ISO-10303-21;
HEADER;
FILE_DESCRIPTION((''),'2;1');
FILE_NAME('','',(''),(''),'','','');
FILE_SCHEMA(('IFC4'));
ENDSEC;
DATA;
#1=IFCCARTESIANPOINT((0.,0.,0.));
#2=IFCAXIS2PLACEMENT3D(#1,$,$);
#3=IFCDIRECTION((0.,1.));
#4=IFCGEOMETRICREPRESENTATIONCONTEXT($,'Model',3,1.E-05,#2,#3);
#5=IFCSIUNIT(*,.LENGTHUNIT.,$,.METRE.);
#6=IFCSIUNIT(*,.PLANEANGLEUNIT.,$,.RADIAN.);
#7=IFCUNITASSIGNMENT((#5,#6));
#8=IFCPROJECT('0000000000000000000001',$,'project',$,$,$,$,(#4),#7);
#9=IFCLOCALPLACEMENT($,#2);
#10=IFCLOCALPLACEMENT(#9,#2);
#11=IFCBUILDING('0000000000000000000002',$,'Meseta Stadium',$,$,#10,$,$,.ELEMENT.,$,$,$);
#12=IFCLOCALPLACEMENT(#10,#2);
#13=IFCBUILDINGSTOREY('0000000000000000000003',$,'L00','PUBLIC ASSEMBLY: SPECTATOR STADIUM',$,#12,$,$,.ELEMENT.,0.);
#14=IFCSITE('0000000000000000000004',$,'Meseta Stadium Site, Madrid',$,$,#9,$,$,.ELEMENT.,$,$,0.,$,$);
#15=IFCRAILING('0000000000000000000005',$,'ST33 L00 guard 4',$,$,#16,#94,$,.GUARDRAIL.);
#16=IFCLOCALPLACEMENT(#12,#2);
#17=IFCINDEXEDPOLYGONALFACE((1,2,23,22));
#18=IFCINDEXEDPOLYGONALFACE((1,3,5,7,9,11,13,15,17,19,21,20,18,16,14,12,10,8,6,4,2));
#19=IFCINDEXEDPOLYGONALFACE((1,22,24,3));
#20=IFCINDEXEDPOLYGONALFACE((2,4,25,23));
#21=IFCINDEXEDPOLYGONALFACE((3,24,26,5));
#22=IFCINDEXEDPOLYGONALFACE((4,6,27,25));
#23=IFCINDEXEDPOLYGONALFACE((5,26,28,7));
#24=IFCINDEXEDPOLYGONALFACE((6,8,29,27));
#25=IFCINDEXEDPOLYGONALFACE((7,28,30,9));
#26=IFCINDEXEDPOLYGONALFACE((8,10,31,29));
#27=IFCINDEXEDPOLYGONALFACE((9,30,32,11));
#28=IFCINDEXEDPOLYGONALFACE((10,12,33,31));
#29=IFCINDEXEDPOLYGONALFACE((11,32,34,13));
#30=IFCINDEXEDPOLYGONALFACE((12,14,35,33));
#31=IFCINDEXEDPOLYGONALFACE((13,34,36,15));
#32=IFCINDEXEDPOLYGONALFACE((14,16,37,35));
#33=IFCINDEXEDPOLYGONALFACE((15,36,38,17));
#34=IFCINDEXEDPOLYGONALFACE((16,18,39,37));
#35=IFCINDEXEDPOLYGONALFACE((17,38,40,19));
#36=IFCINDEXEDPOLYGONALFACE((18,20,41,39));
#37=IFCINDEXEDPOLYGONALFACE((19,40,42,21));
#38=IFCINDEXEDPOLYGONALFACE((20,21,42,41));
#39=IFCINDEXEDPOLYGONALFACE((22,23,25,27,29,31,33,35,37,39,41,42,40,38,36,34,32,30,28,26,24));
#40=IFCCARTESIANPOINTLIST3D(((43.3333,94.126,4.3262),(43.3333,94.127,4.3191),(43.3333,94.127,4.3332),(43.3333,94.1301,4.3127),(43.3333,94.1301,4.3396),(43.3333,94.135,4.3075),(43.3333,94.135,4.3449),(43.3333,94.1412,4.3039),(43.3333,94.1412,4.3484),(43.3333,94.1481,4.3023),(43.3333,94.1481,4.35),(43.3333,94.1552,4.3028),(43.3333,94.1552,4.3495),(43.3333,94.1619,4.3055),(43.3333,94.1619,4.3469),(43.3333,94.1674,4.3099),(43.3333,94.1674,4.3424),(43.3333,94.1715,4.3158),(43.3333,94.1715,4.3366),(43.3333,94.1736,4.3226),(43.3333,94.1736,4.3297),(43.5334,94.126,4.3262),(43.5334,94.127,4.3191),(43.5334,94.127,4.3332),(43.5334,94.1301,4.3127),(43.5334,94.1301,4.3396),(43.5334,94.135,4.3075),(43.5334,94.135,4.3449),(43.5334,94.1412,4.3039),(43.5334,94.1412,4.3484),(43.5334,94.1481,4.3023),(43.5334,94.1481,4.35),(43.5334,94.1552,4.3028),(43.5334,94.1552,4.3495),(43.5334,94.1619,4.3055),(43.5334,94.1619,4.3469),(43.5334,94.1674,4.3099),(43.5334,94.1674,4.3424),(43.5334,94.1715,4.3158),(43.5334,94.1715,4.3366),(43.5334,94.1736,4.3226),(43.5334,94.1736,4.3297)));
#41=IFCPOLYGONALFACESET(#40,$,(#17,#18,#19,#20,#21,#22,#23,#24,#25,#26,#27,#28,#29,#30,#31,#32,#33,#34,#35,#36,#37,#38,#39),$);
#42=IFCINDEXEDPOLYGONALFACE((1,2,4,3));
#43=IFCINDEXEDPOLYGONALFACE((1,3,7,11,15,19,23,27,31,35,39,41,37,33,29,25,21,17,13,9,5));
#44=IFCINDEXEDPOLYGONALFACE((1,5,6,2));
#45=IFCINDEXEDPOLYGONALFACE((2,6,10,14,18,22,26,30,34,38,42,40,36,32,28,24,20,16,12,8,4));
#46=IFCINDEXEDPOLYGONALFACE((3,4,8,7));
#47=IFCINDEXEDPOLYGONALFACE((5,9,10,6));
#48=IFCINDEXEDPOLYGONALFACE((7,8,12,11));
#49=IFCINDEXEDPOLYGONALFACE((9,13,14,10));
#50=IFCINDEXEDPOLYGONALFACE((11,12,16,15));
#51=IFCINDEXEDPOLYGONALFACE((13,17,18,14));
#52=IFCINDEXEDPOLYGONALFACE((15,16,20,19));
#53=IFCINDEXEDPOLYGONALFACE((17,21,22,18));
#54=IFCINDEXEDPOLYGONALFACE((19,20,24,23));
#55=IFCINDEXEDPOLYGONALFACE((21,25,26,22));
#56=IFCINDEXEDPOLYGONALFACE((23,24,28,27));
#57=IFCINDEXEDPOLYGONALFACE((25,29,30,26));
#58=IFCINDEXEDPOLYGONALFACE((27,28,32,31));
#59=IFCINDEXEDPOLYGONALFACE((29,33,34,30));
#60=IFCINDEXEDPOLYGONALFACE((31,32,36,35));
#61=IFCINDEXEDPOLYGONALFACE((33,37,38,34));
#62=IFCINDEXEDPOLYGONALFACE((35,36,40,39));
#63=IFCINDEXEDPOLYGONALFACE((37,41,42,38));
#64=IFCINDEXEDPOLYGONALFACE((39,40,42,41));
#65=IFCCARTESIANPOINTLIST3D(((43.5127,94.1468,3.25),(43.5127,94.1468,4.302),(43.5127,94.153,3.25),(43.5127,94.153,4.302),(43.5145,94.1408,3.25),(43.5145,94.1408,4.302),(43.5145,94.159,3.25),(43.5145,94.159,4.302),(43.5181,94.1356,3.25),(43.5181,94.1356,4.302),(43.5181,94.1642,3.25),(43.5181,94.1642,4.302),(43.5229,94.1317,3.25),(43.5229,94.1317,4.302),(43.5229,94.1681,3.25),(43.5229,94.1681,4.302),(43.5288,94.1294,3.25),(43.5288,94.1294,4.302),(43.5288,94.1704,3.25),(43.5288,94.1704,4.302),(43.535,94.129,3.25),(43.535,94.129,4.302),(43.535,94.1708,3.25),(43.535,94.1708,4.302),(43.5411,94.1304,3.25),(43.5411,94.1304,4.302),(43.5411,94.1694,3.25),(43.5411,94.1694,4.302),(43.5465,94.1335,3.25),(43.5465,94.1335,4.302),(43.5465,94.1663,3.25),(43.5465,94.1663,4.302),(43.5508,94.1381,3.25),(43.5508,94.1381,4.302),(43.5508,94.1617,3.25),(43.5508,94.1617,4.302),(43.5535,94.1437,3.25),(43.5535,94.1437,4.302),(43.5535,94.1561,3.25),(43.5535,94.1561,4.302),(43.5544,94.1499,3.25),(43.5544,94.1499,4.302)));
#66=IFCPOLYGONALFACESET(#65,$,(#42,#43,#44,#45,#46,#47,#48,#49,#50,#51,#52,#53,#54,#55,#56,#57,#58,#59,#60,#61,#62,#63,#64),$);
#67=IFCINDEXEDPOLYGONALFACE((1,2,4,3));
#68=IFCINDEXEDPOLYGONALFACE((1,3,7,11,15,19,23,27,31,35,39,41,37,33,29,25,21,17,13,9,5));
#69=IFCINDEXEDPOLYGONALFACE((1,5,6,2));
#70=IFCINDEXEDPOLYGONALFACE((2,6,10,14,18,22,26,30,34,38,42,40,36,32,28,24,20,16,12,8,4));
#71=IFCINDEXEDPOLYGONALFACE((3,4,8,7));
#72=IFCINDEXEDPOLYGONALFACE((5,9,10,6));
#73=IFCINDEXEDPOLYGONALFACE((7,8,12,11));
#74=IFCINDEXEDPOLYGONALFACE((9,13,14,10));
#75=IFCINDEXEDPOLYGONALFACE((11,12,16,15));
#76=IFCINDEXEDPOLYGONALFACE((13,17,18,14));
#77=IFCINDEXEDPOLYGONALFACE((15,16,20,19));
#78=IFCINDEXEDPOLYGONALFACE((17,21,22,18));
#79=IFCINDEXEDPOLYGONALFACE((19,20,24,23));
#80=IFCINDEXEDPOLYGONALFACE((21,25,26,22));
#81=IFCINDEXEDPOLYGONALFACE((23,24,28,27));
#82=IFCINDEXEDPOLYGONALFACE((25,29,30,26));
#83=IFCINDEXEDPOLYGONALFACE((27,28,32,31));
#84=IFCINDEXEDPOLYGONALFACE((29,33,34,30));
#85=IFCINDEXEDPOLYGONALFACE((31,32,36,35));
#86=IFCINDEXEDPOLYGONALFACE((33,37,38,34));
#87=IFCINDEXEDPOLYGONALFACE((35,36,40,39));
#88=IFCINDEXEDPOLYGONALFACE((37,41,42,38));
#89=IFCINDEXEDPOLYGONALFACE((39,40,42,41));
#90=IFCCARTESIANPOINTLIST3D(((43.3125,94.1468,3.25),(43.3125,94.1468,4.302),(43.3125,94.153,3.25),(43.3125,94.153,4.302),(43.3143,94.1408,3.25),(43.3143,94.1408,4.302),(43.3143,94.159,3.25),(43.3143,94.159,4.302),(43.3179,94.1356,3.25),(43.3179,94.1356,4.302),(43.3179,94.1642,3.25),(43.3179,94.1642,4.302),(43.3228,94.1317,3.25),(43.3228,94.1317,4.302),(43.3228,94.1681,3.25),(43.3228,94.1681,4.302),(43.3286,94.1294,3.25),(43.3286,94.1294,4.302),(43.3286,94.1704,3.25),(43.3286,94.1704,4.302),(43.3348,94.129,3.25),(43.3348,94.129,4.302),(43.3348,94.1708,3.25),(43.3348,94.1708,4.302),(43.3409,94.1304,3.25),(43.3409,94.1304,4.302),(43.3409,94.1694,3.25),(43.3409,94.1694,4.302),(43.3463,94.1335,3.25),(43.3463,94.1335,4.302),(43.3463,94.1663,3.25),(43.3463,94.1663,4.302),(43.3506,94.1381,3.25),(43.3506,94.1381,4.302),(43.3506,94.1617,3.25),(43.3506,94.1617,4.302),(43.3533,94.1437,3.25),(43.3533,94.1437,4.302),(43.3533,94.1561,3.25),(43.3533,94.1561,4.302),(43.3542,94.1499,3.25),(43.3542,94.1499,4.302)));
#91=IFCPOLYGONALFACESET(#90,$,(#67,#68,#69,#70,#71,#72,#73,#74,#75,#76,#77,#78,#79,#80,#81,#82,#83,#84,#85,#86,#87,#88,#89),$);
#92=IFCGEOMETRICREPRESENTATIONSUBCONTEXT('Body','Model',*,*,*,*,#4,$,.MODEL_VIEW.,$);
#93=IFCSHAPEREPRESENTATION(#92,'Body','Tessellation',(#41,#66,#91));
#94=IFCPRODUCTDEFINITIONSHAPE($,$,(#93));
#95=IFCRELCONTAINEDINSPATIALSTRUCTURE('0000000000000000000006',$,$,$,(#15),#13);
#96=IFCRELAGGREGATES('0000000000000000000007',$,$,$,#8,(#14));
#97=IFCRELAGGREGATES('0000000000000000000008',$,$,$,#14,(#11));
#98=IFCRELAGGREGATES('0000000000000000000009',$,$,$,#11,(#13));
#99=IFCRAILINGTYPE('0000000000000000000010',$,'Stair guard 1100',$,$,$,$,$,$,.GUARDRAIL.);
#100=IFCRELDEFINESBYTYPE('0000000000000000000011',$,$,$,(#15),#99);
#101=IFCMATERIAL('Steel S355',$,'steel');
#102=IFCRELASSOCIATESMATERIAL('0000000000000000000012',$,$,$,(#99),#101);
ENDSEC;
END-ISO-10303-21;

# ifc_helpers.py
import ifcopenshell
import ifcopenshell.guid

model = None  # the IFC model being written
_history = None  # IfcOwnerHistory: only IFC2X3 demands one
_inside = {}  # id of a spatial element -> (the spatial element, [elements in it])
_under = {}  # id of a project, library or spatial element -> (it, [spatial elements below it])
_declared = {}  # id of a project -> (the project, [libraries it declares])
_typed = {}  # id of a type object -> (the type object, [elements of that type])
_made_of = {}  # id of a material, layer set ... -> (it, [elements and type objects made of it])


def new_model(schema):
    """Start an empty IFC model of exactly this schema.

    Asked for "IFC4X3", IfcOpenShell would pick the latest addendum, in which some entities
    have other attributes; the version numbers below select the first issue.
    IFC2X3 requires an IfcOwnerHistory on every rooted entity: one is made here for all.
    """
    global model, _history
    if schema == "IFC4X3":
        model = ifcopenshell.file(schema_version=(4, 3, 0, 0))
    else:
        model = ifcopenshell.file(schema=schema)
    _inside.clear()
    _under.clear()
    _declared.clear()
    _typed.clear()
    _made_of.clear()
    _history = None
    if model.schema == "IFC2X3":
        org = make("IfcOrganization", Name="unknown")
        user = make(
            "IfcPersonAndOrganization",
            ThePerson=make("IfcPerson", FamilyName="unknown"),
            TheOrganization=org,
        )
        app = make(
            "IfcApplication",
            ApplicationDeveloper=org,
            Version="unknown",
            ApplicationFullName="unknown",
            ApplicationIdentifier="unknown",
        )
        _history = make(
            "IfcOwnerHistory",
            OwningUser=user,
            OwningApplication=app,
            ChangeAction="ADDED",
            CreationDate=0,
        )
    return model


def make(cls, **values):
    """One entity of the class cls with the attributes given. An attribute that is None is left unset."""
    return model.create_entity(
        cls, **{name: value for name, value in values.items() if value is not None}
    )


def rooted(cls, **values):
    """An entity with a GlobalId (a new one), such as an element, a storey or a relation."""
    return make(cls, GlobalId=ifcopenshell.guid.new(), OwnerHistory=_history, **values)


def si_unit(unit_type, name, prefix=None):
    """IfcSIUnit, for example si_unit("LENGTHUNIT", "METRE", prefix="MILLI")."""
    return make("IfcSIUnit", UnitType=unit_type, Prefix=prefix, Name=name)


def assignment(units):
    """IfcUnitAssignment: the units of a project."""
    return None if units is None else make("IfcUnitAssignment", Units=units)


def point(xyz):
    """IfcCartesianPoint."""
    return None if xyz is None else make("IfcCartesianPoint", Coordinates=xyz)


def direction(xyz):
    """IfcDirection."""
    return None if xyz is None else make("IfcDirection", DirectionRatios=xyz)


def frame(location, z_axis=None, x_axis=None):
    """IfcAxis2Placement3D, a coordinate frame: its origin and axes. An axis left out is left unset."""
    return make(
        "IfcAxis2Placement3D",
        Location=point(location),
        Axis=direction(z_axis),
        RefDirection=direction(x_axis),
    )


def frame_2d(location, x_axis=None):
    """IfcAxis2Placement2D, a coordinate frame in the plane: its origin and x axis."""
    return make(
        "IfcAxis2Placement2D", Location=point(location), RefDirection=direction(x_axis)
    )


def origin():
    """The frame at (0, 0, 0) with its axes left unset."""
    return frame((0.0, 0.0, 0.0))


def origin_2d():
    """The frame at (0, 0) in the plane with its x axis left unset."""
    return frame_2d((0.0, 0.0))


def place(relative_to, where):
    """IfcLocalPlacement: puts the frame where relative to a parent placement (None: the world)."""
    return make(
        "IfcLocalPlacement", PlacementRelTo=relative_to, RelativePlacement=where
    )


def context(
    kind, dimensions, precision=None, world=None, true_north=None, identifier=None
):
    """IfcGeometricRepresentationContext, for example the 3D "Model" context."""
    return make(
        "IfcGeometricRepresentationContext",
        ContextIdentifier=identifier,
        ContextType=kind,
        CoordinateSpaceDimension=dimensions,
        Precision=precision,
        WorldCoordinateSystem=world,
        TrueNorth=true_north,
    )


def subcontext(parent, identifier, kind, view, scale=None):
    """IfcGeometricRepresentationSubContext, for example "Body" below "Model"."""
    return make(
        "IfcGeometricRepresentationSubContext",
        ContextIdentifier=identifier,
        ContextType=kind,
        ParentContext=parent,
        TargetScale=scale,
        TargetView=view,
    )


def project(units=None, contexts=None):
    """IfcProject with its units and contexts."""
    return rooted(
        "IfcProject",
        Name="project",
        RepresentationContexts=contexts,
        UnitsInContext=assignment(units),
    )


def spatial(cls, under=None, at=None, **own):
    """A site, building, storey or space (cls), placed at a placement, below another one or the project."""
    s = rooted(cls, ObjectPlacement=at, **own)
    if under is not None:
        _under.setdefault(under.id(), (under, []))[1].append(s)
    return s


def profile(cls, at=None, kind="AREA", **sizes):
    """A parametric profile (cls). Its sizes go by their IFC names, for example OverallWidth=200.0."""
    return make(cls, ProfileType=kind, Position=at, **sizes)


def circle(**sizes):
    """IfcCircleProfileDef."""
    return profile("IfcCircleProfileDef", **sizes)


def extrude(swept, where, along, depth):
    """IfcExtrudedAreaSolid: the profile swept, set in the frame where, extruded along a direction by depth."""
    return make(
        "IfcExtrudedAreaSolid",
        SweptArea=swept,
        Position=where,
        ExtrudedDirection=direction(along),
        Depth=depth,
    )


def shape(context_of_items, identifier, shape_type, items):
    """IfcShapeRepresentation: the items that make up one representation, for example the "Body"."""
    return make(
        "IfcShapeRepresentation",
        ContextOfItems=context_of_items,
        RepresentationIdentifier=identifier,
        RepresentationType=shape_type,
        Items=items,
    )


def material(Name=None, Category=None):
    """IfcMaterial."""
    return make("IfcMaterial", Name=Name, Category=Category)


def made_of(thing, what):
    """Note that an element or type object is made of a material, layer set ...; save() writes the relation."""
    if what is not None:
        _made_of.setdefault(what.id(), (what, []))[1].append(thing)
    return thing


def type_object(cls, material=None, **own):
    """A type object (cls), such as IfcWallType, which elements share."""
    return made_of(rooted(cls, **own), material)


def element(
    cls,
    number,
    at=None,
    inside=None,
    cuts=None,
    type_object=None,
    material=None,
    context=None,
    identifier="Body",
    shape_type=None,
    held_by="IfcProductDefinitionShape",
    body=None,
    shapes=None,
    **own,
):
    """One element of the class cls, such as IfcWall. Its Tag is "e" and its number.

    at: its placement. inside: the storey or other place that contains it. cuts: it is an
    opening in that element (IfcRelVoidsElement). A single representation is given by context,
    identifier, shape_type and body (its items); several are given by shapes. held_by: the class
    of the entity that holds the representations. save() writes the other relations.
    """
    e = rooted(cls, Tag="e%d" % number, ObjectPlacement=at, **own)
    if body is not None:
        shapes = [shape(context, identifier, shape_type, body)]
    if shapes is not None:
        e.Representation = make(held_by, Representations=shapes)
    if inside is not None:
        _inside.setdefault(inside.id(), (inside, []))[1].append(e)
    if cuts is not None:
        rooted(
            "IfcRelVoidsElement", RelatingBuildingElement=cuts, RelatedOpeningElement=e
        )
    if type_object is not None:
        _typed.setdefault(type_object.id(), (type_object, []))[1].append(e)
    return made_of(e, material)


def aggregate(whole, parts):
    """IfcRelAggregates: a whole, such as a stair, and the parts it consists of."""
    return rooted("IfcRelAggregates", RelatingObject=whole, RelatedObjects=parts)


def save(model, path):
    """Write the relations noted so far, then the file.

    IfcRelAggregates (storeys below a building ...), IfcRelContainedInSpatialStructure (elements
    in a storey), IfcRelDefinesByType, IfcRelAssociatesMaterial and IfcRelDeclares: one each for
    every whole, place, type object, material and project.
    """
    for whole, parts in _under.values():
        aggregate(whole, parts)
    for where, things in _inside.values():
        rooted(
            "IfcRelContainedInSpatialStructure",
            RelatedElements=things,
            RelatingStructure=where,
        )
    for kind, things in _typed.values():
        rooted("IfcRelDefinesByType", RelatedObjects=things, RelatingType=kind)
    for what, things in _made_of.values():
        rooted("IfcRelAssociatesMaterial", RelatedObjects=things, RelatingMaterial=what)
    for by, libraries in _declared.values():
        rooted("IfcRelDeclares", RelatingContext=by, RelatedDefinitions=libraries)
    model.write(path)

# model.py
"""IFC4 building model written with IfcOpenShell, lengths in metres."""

from ifc_helpers import new_model, si_unit, direction, frame, origin, origin_2d, place, context, subcontext, project, spatial, circle, extrude, material, type_object, element, save


model = new_model("IFC4")

# Units and contexts
model_context = context("Model", 3, precision=1e-05, world=origin(), true_north=direction((0.0, 1.0)))
body_context = subcontext(model_context, "Body", "Model", "MODEL_VIEW")
ifc_project = project(units=[si_unit("LENGTHUNIT", "METRE"), si_unit("PLANEANGLEUNIT", "RADIAN")], contexts=[model_context])

# Site, building, storey
site_placement = place(None, origin())
site = spatial("IfcSite", under=ifc_project, at=site_placement, Name="Meseta Stadium Site, Madrid", CompositionType="ELEMENT", RefElevation=0.0)
building_placement = place(site_placement, origin())
building = spatial("IfcBuilding", under=site, at=building_placement, Name="Meseta Stadium", CompositionType="ELEMENT")
storey_placement = place(building_placement, origin())
storey = spatial("IfcBuildingStorey", under=building, at=storey_placement, Name="L00", Description="PUBLIC ASSEMBLY: SPECTATOR STADIUM", CompositionType="ELEMENT", Elevation=0.0)

# Railing
ifc_material_1 = material(Name="Steel S355", Category="steel")
railing_type_1 = type_object("IfcRailingType", Name="Stair guard 1100", PredefinedType="GUARDRAIL", material=ifc_material_1)
railing_1_placement = place(storey_placement, frame((43.5334, 94.1499, 3.25)))
element("IfcRailing", 1, at=railing_1_placement, inside=storey, type_object=railing_type_1, Name="ST33 L00 guard 4", PredefinedType="GUARDRAIL", context=body_context, shape_type="SweptSolid", body=[
    extrude(circle(Radius=0.0239, at=origin_2d()), frame((0.0, 0.0, 1.0762), z_axis=(-1.0, 0.0, 0.0), x_axis=(0.0, -1.0, 0.0)), (0.0, 0.0, 1.0), 0.2002),
    extrude(circle(Radius=0.021, at=origin_2d()), origin(), (0.0, 0.0, 1.0), 1.052),
    extrude(circle(Radius=0.021, at=origin_2d()), frame((-0.2002, 0.0, 0.0)), (0.0, 0.0, 1.0), 1.052),
])

save(model, "model.ifc")
